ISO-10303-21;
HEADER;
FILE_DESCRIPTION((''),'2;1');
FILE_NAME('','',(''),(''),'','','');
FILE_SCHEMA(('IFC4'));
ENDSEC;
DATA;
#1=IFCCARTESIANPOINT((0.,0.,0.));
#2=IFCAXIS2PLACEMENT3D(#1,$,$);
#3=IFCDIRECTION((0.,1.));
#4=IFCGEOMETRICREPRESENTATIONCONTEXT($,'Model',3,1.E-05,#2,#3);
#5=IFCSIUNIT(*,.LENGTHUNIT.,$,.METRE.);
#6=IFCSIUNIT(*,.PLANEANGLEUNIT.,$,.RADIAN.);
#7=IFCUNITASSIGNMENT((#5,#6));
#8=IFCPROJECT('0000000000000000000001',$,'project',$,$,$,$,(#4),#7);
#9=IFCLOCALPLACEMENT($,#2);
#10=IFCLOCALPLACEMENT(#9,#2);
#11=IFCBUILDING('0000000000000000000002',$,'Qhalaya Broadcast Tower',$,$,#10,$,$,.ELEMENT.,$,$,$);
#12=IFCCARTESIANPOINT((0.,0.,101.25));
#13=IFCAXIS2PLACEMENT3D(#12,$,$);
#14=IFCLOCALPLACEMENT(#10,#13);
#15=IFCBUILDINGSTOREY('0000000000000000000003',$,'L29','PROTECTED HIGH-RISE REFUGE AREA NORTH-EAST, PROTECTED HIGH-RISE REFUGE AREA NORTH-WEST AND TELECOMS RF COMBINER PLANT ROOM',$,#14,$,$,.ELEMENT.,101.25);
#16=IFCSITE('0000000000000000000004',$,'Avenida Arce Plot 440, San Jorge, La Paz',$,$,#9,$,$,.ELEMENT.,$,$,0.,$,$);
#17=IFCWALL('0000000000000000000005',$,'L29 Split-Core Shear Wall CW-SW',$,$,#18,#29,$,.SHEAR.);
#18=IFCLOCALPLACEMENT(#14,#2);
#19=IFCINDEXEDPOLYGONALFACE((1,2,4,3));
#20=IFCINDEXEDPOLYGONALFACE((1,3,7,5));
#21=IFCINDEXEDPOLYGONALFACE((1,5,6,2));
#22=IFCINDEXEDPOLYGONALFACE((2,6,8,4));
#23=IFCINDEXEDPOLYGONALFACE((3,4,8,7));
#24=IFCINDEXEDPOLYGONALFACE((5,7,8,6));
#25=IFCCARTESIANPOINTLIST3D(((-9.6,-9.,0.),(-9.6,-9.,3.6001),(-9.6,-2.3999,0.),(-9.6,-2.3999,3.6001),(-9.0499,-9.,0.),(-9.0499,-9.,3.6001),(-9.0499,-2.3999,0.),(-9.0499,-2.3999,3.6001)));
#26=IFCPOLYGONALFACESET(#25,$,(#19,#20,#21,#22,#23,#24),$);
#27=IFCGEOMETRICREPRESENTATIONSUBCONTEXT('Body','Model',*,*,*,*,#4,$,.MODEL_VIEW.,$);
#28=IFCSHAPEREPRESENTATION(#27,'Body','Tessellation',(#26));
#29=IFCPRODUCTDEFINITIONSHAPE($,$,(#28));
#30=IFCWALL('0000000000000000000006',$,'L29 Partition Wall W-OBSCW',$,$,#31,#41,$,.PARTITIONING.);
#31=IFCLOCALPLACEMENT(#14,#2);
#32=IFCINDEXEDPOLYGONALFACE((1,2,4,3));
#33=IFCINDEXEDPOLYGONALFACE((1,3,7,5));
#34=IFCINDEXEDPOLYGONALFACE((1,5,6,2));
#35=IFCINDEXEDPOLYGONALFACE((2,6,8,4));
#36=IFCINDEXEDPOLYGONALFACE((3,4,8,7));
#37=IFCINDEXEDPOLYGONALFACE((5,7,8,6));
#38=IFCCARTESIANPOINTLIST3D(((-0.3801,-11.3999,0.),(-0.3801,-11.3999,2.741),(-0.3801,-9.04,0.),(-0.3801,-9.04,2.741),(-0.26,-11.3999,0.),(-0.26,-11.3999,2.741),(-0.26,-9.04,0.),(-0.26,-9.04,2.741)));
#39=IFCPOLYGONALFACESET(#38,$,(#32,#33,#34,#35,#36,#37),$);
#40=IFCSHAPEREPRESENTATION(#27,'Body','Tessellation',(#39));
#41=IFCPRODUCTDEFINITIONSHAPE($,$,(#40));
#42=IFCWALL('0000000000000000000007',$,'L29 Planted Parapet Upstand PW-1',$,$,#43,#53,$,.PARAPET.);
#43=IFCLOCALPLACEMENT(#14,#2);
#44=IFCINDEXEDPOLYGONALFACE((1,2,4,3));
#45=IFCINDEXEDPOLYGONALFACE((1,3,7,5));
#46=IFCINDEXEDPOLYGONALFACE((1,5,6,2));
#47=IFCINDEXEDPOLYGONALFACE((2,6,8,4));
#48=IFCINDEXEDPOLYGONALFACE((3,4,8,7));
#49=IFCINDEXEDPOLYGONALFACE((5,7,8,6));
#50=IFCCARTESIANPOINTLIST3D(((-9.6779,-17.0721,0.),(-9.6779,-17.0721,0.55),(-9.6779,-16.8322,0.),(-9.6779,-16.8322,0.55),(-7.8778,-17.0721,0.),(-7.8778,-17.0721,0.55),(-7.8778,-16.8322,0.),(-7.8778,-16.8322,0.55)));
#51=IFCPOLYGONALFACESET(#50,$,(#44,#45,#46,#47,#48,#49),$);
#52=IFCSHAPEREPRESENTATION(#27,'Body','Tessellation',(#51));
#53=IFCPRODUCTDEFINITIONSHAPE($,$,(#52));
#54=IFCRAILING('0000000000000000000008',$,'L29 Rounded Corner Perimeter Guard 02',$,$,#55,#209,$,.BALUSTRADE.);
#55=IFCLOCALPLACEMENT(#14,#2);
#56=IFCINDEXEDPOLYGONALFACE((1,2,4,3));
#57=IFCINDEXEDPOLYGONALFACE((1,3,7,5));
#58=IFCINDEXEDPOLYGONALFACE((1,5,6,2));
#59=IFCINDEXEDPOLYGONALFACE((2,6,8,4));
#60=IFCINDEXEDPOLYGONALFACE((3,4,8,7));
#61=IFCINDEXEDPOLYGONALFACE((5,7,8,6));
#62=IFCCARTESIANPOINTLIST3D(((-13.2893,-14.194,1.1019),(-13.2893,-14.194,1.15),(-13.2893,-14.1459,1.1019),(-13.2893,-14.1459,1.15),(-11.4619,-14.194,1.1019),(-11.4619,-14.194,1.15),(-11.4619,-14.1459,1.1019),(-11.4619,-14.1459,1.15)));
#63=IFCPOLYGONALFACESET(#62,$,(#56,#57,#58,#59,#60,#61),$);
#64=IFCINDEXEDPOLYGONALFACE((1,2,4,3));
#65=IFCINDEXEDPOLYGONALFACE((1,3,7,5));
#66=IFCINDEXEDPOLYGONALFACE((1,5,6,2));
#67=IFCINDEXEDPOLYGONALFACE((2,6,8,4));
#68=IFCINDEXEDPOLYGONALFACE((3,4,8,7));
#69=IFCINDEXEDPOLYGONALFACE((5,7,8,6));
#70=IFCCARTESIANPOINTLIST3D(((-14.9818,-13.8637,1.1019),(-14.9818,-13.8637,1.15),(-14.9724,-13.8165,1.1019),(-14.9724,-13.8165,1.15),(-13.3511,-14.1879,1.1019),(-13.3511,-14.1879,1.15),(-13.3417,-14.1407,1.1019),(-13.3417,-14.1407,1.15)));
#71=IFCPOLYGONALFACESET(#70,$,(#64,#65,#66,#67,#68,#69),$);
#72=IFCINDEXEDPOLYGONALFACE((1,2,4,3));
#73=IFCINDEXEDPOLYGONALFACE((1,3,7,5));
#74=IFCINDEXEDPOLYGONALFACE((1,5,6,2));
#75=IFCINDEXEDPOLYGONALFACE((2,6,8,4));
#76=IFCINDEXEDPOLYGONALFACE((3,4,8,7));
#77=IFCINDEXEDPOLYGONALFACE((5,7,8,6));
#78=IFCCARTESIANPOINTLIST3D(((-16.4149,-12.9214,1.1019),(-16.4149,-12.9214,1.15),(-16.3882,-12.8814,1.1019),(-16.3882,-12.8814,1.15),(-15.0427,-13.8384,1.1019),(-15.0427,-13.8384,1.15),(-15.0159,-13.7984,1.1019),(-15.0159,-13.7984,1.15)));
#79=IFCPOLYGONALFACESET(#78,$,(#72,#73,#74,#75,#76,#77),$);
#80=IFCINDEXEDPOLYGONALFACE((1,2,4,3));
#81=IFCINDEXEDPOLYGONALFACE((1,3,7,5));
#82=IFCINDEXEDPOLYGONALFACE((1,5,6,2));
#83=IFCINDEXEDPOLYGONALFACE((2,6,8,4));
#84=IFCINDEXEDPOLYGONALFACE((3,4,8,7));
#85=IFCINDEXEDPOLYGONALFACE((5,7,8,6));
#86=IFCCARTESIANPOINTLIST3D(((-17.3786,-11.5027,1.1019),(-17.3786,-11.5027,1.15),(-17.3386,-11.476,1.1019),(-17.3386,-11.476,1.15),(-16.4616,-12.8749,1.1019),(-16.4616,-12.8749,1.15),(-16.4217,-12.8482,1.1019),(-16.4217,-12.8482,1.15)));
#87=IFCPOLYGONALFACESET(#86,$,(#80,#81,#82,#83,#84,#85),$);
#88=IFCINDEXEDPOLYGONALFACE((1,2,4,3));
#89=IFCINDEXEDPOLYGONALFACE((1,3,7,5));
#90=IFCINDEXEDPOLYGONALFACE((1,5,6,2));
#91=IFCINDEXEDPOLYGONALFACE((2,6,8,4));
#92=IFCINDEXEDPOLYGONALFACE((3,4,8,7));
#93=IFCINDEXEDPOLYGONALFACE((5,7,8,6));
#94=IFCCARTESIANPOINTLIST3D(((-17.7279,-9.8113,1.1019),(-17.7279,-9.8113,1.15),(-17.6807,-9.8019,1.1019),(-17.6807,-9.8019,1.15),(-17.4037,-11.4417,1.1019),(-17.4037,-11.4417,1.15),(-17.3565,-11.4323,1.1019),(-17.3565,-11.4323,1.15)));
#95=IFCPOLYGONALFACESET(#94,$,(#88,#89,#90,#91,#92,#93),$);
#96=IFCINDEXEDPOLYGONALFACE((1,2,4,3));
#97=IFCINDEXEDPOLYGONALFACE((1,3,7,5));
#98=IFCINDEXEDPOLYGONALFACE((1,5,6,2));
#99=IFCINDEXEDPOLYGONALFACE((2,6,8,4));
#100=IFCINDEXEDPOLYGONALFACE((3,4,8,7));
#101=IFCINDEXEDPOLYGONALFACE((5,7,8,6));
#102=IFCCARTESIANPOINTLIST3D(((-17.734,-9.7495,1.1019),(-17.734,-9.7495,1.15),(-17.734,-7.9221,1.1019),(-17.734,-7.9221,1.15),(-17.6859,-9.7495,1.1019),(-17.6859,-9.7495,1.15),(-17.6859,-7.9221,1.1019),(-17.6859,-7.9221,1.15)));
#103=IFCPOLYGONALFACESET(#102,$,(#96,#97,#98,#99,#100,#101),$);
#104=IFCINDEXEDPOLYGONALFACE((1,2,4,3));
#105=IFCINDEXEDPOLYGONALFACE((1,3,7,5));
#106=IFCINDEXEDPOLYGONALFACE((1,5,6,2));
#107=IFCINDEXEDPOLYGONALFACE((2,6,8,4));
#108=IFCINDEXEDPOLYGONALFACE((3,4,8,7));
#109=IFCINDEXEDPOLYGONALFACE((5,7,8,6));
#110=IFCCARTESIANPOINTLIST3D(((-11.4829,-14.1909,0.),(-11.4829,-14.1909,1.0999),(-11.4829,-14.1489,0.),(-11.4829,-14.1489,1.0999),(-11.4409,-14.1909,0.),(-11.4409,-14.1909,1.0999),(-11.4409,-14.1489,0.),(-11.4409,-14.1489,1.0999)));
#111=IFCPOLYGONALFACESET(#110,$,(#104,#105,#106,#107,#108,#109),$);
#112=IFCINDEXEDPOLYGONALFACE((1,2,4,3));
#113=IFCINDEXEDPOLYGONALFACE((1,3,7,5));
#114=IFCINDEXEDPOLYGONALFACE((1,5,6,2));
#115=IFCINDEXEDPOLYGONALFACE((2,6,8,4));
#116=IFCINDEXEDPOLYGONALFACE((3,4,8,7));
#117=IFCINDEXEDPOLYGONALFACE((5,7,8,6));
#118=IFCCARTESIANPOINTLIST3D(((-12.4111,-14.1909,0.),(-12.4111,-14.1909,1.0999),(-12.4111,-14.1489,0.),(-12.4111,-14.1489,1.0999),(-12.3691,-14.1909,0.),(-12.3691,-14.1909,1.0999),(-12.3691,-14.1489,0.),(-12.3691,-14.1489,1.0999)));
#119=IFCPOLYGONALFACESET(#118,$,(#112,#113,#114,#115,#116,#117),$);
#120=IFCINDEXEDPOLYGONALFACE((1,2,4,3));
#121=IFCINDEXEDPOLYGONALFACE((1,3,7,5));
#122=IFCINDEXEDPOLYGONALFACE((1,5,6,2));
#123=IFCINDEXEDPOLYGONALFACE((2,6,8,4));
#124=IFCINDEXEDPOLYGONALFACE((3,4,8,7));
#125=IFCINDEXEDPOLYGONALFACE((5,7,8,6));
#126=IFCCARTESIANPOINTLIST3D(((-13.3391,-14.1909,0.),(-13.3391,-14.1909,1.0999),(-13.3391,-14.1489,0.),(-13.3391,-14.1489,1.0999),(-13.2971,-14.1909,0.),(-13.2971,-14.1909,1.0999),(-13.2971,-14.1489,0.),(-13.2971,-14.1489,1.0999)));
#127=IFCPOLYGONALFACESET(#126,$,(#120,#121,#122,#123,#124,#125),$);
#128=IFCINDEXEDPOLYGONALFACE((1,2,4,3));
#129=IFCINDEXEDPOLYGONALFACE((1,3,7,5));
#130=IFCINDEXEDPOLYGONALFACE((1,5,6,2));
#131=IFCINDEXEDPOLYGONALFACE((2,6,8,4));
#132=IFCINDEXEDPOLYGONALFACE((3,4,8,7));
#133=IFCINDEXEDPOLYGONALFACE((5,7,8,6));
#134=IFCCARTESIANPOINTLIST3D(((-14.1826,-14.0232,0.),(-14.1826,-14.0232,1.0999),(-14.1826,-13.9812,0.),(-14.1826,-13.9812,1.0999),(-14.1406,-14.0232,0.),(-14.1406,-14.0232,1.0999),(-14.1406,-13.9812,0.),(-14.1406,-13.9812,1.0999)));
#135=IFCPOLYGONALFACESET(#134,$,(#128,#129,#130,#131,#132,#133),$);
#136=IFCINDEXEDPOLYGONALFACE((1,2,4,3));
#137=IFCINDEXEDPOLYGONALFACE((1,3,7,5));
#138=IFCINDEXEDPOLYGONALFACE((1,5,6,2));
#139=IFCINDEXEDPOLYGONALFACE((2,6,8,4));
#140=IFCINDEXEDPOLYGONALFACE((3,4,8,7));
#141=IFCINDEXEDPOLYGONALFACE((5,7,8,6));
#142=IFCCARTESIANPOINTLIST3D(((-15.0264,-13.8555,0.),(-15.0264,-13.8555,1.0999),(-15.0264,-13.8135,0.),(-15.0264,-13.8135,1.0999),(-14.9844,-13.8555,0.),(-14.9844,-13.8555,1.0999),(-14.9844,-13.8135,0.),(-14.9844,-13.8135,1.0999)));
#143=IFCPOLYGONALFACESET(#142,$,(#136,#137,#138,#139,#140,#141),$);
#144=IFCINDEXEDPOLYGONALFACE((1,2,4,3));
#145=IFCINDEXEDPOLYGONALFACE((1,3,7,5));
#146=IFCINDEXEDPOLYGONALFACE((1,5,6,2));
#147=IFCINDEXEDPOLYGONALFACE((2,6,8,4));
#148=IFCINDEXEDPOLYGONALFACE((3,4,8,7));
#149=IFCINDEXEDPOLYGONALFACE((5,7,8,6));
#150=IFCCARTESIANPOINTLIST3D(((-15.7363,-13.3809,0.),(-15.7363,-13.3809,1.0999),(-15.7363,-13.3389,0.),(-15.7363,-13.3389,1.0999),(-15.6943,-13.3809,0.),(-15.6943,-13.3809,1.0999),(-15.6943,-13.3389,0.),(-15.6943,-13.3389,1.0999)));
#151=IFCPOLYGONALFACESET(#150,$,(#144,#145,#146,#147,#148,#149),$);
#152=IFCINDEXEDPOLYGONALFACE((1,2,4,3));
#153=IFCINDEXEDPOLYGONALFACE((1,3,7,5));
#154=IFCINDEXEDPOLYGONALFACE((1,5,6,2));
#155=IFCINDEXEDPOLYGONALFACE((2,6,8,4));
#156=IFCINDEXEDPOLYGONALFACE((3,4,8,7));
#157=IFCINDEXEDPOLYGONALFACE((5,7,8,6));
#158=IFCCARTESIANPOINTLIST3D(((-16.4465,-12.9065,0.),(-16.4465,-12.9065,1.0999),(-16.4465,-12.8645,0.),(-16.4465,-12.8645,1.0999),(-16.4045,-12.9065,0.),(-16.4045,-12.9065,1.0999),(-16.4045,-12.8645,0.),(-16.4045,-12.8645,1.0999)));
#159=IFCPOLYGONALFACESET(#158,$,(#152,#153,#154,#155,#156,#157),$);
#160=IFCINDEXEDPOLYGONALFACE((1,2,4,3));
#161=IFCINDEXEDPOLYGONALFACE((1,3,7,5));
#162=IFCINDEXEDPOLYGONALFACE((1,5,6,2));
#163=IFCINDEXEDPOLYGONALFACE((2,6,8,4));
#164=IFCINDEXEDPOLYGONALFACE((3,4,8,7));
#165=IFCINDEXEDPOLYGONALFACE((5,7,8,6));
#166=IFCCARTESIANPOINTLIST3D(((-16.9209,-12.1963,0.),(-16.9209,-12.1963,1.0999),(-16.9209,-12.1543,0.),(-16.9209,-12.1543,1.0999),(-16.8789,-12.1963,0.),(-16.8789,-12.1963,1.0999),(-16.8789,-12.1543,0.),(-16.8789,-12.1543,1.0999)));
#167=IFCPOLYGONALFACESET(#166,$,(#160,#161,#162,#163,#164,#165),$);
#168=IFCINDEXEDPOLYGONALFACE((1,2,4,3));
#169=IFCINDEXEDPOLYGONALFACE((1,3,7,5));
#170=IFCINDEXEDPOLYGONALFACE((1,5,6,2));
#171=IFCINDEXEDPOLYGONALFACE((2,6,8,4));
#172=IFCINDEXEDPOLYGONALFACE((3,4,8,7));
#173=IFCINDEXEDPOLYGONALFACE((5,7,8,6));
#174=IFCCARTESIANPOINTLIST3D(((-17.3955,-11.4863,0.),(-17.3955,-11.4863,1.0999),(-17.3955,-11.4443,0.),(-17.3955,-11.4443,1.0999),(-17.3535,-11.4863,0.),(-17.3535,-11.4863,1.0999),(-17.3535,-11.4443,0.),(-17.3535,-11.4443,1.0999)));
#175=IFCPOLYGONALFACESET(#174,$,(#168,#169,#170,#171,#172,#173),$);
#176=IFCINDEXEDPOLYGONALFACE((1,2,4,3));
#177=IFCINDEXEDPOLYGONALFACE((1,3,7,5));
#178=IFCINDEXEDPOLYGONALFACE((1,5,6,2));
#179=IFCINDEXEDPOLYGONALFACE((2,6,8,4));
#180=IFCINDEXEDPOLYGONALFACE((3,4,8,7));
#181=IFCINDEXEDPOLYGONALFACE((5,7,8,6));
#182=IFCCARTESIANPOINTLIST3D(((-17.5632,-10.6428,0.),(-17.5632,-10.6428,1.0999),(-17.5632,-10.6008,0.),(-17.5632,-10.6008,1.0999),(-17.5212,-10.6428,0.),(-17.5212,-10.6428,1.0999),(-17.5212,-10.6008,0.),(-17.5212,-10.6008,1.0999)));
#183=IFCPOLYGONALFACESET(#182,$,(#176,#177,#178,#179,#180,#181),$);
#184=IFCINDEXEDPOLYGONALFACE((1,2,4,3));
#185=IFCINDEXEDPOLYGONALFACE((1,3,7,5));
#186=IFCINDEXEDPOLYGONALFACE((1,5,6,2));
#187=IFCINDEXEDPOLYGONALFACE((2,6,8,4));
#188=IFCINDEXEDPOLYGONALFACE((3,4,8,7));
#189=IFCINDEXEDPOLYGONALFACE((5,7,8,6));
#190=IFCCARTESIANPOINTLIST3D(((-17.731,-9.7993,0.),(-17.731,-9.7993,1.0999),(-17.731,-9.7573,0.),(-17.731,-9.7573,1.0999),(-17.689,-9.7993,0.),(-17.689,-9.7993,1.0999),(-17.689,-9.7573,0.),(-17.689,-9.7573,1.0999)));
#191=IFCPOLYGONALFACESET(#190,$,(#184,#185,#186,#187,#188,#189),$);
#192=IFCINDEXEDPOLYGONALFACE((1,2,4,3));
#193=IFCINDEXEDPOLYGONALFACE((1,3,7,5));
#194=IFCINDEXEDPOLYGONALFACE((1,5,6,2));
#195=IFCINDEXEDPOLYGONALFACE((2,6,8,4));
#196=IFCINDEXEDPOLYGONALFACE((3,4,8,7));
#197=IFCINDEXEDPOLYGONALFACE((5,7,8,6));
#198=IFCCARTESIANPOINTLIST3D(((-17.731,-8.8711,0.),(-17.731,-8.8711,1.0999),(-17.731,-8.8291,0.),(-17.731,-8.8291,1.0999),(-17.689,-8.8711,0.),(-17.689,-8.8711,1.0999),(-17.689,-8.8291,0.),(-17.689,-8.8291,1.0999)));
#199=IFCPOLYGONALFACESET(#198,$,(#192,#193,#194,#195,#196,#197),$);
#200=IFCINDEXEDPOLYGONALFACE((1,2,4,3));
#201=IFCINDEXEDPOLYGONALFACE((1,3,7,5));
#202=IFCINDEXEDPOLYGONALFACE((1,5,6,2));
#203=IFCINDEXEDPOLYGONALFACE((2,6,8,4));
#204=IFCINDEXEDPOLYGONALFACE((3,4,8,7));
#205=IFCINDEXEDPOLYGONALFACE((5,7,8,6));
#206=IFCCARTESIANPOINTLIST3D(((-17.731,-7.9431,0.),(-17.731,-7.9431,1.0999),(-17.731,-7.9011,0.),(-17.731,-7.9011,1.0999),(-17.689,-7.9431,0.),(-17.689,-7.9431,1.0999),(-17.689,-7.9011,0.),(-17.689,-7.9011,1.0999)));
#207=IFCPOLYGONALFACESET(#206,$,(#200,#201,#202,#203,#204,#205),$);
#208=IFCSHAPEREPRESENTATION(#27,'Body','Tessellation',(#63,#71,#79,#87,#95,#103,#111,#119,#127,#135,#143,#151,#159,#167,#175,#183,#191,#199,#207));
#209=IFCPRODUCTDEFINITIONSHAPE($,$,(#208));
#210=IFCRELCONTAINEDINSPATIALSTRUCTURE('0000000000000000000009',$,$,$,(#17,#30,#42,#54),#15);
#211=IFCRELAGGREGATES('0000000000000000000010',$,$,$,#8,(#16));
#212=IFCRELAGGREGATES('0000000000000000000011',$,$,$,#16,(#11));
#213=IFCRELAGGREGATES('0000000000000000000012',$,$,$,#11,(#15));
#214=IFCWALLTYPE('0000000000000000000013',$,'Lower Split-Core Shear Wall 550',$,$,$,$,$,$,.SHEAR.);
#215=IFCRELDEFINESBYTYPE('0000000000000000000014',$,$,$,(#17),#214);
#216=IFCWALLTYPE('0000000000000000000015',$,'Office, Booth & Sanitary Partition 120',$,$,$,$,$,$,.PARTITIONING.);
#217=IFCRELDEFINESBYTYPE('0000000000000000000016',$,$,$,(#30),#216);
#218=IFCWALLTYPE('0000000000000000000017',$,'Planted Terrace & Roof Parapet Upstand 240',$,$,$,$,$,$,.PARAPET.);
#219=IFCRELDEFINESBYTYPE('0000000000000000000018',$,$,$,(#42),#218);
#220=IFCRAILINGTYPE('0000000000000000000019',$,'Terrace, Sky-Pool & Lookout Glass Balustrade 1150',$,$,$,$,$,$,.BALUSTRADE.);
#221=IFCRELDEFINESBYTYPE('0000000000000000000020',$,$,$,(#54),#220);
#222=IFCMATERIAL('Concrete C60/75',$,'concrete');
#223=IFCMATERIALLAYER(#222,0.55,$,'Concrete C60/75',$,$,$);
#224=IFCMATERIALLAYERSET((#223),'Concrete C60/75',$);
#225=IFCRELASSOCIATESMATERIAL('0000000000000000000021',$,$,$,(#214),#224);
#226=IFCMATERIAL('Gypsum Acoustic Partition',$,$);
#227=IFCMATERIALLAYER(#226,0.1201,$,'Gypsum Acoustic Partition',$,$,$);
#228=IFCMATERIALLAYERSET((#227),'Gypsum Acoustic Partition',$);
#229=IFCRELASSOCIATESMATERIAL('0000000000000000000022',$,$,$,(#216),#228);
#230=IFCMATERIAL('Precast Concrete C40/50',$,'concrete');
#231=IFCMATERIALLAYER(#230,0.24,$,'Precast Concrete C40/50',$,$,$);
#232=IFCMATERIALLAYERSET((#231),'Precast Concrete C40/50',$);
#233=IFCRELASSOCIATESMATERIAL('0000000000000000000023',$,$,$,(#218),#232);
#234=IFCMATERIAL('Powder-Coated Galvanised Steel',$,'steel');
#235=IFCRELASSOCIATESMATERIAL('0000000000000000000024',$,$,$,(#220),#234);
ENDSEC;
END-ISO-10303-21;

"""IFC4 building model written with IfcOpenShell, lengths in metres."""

from ifc_helpers import new_model, si_unit, direction, frame, frame_2d, origin, origin_2d, place, context, subcontext, project, spatial, rectangle, extrude, material, layer, layer_set, type_object, element, save


model = new_model("IFC4")

# Units and contexts
model_context = context("Model", 3, precision=1e-05, world=origin(), true_north=direction((0.0, 1.0)))
body_context = subcontext(model_context, "Body", "Model", "MODEL_VIEW")
ifc_project = project(units=[si_unit("LENGTHUNIT", "METRE"), si_unit("PLANEANGLEUNIT", "RADIAN")], contexts=[model_context])

# Site, building, storey
site_placement = place(None, origin())
site = spatial("IfcSite", under=ifc_project, at=site_placement, Name="Avenida Arce Plot 440, San Jorge, La Paz", CompositionType="ELEMENT", RefElevation=0.0)
building_placement = place(site_placement, origin())
building = spatial("IfcBuilding", under=site, at=building_placement, Name="Qhalaya Broadcast Tower", CompositionType="ELEMENT")
storey_placement = place(building_placement, frame((0.0, 0.0, 101.25)))
storey = spatial("IfcBuildingStorey", under=building, at=storey_placement, Name="L29", Description="PROTECTED HIGH-RISE REFUGE AREA NORTH-EAST, PROTECTED HIGH-RISE REFUGE AREA NORTH-WEST AND TELECOMS RF COMBINER PLANT ROOM", CompositionType="ELEMENT", Elevation=101.25)

# Shared definitions
ifc_material_1 = material(Name="Gypsum Acoustic Partition")

# Walls
ifc_material_2 = material(Name="Concrete C60/75", Category="concrete")
ifc_layer_1 = layer(ifc_material_2, 0.55, Name="Concrete C60/75")
ifc_layer_set_1 = layer_set([ifc_layer_1], Name="Concrete C60/75")
wall_type_1 = type_object("IfcWallType", Name="Lower Split-Core Shear Wall 550", PredefinedType="SHEAR", material=ifc_layer_set_1)
wall_1_placement = place(storey_placement, frame((-9.325, -9.0, 0.0), z_axis=(0.0, 0.0, 1.0), x_axis=(0.0, 1.0, 0.0)))
element("IfcWall", 1, at=wall_1_placement, inside=storey, type_object=wall_type_1, Name="L29 Split-Core Shear Wall CW-SW", PredefinedType="SHEAR", context=body_context, shape_type="SweptSolid", body=[
    extrude(rectangle(XDim=6.6001, YDim=0.55, at=frame_2d((3.3, 0.0))), origin(), (0.0, 0.0, 1.0), 3.6001),
])
ifc_layer_2 = layer(ifc_material_1, 0.1201, Name="Gypsum Acoustic Partition")
ifc_layer_set_2 = layer_set([ifc_layer_2], Name="Gypsum Acoustic Partition")
wall_type_2 = type_object("IfcWallType", Name="Office, Booth & Sanitary Partition 120", PredefinedType="PARTITIONING", material=ifc_layer_set_2)
wall_2_placement = place(storey_placement, frame((-0.3201, -11.3999, 0.0), z_axis=(0.0, 0.0, 1.0), x_axis=(0.0, 1.0, 0.0)))
element("IfcWall", 2, at=wall_2_placement, inside=storey, type_object=wall_type_2, Name="L29 Partition Wall W-OBSCW", PredefinedType="PARTITIONING", context=body_context, shape_type="SweptSolid", body=[
    extrude(rectangle(XDim=2.3599, YDim=0.1201, at=frame_2d((1.1799, 0.0))), origin(), (0.0, 0.0, 1.0), 2.741),
])
ifc_material_3 = material(Name="Precast Concrete C40/50", Category="concrete")
ifc_layer_3 = layer(ifc_material_3, 0.24, Name="Precast Concrete C40/50")
ifc_layer_set_3 = layer_set([ifc_layer_3], Name="Precast Concrete C40/50")
wall_type_3 = type_object("IfcWallType", Name="Planted Terrace & Roof Parapet Upstand 240", PredefinedType="PARAPET", material=ifc_layer_set_3)
wall_3_placement = place(storey_placement, frame((-9.6777, -16.9521, 0.0), z_axis=(0.0, 0.0, 1.0), x_axis=(1.0, 0.0, 0.0)))
element("IfcWall", 3, at=wall_3_placement, inside=storey, type_object=wall_type_3, Name="L29 Planted Parapet Upstand PW-1", PredefinedType="PARAPET", context=body_context, shape_type="SweptSolid", body=[
    extrude(rectangle(XDim=1.8, YDim=0.24, at=frame_2d((0.8999, 0.0))), origin(), (0.0, 0.0, 1.0), 0.55),
])

# Railing
ifc_material_4 = material(Name="Powder-Coated Galvanised Steel", Category="steel")
railing_type = type_object("IfcRailingType", Name="Terrace, Sky-Pool & Lookout Glass Balustrade 1150", PredefinedType="BALUSTRADE", material=ifc_material_4)
railing_placement = place(storey_placement, frame((-11.4619, -14.1699, 0.0)))
element("IfcRailing", 4, at=railing_placement, inside=storey, type_object=railing_type, Name="L29 Rounded Corner Perimeter Guard 02", PredefinedType="BALUSTRADE", context=body_context, shape_type="SweptSolid", body=[
    extrude(rectangle(XDim=0.0481, YDim=0.0481, at=origin_2d()), frame((0.0, 0.0, 1.126), z_axis=(-1.0, 0.0, 0.0), x_axis=(0.0, -1.0, 0.0)), (0.0, 0.0, 1.0), 1.8274),
    extrude(rectangle(XDim=0.0481, YDim=0.0481, at=origin_2d()), frame((-1.8845, 0.0056, 1.126), z_axis=(-0.980804, 0.194997, 0.0), x_axis=(-0.194997, -0.980804, 0.0)), (0.0, 0.0, 1.0), 1.6626),
    extrude(rectangle(XDim=0.0481, YDim=0.0481, at=origin_2d()), frame((-3.5674, 0.3516, 1.126), z_axis=(-0.831456, 0.55559, 0.0), x_axis=(-0.55559, -0.831456, 0.0)), (0.0, 0.0, 1.0), 1.6504),
    extrude(rectangle(XDim=0.0481, YDim=0.0481, at=origin_2d()), frame((-4.9797, 1.3083, 1.126), z_axis=(-0.55559, 0.831456, 0.0), x_axis=(-0.831456, -0.55559, 0.0)), (0.0, 0.0, 1.0), 1.6504),
    extrude(rectangle(XDim=0.0481, YDim=0.0481, at=origin_2d()), frame((-5.9182, 2.7329, 1.126), z_axis=(-0.195024, 0.980798, 0.0), x_axis=(-0.980798, -0.195024, 0.0)), (0.0, 0.0, 1.0), 1.6624),
    extrude(rectangle(XDim=0.0481, YDim=0.0481, at=origin_2d()), frame((-6.248, 4.4204, 1.126), z_axis=(0.0, 1.0, 0.0), x_axis=(-1.0, 0.0, 0.0)), (0.0, 0.0, 1.0), 1.8274),
    extrude(rectangle(XDim=0.042, YDim=0.042, at=origin_2d()), origin(), (0.0, 0.0, 1.0), 1.0999),
    extrude(rectangle(XDim=0.042, YDim=0.042, at=origin_2d()), frame((-0.9282, 0.0, 0.0)), (0.0, 0.0, 1.0), 1.0999),
    extrude(rectangle(XDim=0.042, YDim=0.042, at=origin_2d()), frame((-1.8562, 0.0, 0.0)), (0.0, 0.0, 1.0), 1.0999),
    extrude(rectangle(XDim=0.042, YDim=0.042, at=origin_2d()), frame((-2.6997, 0.1677, 0.0)), (0.0, 0.0, 1.0), 1.0999),
    extrude(rectangle(XDim=0.042, YDim=0.042, at=origin_2d()), frame((-3.5435, 0.3354, 0.0)), (0.0, 0.0, 1.0), 1.0999),
    extrude(rectangle(XDim=0.042, YDim=0.042, at=origin_2d()), frame((-4.2534, 0.8101, 0.0)), (0.0, 0.0, 1.0), 1.0999),
    extrude(rectangle(XDim=0.042, YDim=0.042, at=origin_2d()), frame((-4.9636, 1.2844, 0.0)), (0.0, 0.0, 1.0), 1.0999),
    extrude(rectangle(XDim=0.042, YDim=0.042, at=origin_2d()), frame((-5.438, 1.9946, 0.0)), (0.0, 0.0, 1.0), 1.0999),
    extrude(rectangle(XDim=0.042, YDim=0.042, at=origin_2d()), frame((-5.9126, 2.7046, 0.0)), (0.0, 0.0, 1.0), 1.0999),
    extrude(rectangle(XDim=0.042, YDim=0.042, at=origin_2d()), frame((-6.0803, 3.5481, 0.0)), (0.0, 0.0, 1.0), 1.0999),
    extrude(rectangle(XDim=0.042, YDim=0.042, at=origin_2d()), frame((-6.248, 4.3916, 0.0)), (0.0, 0.0, 1.0), 1.0999),
    extrude(rectangle(XDim=0.042, YDim=0.042, at=origin_2d()), frame((-6.248, 5.3198, 0.0)), (0.0, 0.0, 1.0), 1.0999),
    extrude(rectangle(XDim=0.042, YDim=0.042, at=origin_2d()), frame((-6.248, 6.2478, 0.0)), (0.0, 0.0, 1.0), 1.0999),
])

save(model, "model.ifc")
